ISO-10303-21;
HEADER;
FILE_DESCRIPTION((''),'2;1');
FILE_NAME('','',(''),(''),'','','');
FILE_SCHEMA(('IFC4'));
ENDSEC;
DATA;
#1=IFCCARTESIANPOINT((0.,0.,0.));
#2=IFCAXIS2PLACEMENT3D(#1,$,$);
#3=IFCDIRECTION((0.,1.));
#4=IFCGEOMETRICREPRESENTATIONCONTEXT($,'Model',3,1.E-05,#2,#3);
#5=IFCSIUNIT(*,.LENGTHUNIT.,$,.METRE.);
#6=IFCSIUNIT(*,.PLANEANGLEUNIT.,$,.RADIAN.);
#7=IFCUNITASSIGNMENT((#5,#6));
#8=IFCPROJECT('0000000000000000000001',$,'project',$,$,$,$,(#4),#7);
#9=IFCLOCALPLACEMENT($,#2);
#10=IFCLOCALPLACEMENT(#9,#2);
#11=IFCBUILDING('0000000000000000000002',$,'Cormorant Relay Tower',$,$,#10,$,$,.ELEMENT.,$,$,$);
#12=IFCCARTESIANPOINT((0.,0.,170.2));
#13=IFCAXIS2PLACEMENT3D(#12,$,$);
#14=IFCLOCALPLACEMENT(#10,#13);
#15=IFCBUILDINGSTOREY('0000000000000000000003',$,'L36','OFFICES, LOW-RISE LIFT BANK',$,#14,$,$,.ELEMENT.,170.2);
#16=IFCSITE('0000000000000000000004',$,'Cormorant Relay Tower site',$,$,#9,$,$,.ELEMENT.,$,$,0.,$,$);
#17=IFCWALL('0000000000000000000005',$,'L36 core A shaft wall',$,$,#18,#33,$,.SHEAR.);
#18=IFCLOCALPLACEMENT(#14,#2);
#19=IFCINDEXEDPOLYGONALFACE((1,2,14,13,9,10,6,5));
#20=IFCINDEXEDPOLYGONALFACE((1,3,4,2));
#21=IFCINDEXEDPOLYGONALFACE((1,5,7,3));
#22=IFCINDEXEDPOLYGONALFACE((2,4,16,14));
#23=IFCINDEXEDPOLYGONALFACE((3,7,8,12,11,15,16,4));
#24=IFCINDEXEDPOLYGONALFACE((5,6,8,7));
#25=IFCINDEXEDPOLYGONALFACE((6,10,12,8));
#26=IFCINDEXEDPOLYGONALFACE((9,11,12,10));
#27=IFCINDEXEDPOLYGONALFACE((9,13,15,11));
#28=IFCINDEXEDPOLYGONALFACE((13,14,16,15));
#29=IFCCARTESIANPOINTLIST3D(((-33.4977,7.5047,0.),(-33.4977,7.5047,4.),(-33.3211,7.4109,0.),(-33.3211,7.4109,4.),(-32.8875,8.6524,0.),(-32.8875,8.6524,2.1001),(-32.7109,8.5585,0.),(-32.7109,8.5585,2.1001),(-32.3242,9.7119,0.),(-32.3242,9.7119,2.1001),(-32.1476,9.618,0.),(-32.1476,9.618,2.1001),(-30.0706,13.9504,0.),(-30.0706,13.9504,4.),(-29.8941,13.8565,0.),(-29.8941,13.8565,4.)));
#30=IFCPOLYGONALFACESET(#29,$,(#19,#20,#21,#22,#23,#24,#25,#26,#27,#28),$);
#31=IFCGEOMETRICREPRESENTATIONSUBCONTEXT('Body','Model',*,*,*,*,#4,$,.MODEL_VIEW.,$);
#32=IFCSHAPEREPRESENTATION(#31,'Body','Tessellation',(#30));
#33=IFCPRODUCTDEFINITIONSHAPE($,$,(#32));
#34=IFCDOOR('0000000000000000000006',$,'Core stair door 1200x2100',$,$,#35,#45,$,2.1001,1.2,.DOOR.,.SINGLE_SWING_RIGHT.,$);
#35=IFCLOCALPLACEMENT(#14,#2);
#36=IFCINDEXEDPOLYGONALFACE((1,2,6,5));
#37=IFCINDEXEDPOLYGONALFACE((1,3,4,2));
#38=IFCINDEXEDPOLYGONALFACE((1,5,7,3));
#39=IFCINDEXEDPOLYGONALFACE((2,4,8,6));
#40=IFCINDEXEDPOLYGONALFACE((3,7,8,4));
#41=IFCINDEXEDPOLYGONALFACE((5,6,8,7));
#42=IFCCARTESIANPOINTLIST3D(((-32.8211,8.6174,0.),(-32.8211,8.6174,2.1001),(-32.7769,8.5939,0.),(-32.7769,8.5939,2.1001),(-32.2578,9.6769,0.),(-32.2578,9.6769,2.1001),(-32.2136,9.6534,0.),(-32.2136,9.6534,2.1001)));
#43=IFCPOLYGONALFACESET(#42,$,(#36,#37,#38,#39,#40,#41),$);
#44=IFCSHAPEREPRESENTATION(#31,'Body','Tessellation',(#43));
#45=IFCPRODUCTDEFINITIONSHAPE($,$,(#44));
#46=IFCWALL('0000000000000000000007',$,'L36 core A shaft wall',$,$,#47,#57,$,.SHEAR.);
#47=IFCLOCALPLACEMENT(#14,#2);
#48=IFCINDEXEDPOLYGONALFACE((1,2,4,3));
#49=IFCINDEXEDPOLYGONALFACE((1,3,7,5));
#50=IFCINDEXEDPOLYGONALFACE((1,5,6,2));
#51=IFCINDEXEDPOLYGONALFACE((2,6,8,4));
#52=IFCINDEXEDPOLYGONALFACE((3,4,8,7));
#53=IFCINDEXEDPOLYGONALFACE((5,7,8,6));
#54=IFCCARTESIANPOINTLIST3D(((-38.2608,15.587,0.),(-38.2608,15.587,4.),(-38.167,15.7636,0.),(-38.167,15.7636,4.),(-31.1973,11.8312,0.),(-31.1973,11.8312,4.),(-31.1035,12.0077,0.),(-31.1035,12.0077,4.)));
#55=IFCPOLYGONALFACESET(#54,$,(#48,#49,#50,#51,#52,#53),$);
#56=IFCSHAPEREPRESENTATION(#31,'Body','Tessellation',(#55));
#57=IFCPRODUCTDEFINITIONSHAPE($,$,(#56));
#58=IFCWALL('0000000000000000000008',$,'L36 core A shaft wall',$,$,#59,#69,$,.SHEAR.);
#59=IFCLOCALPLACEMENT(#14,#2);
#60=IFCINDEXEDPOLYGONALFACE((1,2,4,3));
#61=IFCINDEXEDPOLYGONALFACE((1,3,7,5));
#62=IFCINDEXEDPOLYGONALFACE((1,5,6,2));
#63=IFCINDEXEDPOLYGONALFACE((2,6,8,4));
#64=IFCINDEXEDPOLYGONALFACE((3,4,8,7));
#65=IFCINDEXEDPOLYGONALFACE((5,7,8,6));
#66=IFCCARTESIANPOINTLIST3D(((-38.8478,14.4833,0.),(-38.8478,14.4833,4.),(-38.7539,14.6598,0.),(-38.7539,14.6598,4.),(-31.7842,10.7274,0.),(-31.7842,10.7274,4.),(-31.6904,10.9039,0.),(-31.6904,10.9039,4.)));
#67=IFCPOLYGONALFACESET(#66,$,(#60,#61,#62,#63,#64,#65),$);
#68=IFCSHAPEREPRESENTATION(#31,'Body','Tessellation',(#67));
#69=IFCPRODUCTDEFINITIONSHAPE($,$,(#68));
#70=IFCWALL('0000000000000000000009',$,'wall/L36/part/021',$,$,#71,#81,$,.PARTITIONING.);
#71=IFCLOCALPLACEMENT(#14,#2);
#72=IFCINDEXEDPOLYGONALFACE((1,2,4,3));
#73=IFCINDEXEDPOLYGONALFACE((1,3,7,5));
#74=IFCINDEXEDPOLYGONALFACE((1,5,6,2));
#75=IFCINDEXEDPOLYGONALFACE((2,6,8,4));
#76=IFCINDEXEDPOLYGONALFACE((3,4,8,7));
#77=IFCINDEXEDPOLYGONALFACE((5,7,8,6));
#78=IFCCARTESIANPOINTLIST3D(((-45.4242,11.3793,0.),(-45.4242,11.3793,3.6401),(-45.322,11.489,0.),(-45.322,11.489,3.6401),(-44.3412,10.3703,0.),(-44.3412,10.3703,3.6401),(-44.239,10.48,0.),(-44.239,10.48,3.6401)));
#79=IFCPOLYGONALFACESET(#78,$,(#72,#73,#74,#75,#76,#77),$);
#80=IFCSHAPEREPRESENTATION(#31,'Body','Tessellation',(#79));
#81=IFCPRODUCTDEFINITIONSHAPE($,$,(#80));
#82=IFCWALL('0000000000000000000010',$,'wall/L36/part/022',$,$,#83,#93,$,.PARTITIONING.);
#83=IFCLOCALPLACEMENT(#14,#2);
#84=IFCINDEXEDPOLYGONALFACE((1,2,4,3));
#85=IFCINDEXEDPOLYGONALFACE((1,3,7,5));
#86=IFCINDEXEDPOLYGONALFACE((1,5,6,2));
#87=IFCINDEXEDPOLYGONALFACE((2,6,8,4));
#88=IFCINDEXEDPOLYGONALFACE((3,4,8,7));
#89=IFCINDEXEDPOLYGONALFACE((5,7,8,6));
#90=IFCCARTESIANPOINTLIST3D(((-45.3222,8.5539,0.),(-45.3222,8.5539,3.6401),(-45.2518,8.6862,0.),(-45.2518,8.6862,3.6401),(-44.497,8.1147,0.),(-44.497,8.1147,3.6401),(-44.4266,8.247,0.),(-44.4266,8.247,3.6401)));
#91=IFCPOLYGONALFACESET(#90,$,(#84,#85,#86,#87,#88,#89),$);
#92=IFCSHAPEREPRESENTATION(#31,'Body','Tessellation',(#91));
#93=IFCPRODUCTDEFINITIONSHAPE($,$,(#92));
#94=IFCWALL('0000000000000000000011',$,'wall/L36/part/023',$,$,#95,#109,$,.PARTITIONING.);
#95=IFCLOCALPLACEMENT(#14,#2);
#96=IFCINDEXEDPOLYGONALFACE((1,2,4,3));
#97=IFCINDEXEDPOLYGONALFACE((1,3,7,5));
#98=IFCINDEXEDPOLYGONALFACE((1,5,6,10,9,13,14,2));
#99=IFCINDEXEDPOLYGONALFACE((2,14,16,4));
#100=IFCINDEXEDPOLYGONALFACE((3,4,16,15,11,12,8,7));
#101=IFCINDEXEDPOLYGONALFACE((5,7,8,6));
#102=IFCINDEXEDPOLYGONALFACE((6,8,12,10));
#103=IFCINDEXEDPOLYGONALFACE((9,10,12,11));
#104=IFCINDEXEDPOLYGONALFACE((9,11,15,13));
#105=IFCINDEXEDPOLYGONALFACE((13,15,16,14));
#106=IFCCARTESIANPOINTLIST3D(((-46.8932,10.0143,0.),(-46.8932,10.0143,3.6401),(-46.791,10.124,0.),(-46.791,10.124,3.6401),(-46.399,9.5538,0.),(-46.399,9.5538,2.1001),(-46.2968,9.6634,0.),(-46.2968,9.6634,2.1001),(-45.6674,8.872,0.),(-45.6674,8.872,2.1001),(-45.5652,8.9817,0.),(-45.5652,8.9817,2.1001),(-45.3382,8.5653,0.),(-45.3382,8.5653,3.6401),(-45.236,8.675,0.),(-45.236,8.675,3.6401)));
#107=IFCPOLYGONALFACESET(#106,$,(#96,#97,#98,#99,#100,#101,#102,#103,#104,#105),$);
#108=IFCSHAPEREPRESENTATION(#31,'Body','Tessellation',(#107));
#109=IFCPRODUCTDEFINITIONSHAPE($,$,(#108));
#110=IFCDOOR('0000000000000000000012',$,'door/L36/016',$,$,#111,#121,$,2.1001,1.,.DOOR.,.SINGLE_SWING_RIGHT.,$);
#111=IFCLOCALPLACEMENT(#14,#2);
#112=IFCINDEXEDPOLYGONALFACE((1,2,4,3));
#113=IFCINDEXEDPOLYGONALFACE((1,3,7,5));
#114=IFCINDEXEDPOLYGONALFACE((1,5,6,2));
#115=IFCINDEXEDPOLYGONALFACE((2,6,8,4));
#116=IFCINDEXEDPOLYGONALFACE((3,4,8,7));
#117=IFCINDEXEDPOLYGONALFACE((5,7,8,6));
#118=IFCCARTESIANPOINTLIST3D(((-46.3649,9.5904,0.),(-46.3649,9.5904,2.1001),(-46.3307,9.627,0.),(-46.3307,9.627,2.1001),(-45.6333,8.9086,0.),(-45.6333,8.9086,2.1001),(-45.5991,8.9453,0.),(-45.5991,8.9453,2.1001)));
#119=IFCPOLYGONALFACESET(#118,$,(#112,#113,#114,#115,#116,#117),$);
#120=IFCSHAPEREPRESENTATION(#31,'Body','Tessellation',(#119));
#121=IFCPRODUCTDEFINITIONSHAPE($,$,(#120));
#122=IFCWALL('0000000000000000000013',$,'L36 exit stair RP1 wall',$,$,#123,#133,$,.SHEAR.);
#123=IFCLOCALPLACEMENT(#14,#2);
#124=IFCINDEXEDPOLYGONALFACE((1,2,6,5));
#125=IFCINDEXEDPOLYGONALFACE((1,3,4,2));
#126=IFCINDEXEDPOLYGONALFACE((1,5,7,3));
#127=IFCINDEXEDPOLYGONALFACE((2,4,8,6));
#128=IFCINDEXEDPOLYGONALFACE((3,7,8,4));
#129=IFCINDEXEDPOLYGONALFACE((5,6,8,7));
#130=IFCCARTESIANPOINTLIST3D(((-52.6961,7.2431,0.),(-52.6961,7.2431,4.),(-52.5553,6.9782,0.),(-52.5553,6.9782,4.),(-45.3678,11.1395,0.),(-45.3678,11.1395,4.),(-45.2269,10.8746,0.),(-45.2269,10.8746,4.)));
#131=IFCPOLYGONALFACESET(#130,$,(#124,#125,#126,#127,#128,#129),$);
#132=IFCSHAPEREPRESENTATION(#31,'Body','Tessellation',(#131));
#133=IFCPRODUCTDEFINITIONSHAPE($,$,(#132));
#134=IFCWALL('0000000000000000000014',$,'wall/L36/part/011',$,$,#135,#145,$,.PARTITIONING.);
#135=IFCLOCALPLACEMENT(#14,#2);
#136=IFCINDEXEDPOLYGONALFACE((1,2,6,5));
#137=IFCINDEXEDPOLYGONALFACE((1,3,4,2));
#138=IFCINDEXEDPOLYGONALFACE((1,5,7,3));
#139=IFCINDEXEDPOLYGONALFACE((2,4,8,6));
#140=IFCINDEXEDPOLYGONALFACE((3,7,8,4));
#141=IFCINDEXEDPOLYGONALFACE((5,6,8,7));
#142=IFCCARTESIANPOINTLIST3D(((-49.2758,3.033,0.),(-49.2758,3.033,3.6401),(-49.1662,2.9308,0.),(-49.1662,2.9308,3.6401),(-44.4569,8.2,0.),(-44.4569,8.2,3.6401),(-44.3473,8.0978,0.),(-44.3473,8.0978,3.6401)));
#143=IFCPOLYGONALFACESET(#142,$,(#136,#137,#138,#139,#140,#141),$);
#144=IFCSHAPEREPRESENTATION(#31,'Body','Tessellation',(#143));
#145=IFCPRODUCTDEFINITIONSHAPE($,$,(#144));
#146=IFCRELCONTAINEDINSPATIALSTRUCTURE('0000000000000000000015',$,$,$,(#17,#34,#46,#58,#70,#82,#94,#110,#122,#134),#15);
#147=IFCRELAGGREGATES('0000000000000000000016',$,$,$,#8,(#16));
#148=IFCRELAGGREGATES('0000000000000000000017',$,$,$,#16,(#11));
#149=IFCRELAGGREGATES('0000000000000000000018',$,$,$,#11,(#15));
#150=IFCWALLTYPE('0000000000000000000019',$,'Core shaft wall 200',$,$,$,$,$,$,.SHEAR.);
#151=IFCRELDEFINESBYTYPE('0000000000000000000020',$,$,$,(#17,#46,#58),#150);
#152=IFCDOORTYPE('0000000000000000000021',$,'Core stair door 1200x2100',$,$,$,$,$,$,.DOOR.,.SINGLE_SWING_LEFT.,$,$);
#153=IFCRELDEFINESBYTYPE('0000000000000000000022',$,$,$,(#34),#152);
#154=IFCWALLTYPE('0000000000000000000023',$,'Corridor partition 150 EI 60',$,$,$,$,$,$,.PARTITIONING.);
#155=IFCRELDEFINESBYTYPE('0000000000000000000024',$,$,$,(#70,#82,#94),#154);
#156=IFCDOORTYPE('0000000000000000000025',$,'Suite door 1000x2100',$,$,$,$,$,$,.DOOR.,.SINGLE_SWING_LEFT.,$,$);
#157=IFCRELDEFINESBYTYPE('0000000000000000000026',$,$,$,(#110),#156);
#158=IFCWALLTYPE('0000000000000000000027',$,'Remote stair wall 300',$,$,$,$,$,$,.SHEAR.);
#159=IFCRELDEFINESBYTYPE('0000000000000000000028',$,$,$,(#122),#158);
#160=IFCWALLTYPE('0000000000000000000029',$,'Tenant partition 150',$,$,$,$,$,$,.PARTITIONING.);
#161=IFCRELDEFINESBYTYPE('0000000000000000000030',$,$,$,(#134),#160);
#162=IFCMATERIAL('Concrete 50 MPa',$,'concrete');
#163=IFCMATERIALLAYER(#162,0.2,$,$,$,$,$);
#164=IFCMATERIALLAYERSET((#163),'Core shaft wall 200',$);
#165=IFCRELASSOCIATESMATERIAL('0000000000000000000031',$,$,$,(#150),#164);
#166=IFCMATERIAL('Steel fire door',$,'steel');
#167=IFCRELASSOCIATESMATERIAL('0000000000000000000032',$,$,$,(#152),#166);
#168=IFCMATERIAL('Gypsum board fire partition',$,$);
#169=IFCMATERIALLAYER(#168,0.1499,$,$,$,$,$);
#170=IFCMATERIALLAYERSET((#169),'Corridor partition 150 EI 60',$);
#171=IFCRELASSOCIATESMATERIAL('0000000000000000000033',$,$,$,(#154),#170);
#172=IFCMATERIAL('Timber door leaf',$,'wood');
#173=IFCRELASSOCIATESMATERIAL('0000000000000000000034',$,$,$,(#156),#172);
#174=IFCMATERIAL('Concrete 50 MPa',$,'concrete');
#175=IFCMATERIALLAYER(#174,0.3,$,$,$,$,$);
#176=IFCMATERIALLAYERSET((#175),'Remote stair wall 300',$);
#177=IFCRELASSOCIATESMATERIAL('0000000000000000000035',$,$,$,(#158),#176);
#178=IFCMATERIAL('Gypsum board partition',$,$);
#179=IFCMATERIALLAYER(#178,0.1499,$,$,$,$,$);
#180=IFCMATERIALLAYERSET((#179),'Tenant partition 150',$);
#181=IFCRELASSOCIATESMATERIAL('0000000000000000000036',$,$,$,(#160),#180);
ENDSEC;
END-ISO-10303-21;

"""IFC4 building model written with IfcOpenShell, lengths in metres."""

from ifc_helpers import new_model, si_unit, direction, frame, frame_2d, origin, place, context, subcontext, project, spatial, rectangle, extrude, material, layer, layer_set, type_object, element, fill, save


model = new_model("IFC4")

# Units and contexts
model_context = context("Model", 3, precision=1e-05, world=origin(), true_north=direction((0.0, 1.0)))
body_context = subcontext(model_context, "Body", "Model", "MODEL_VIEW")
ifc_project = project(units=[si_unit("LENGTHUNIT", "METRE"), si_unit("PLANEANGLEUNIT", "RADIAN")], contexts=[model_context])

# Site, building, storey
site_placement = place(None, origin())
site = spatial("IfcSite", under=ifc_project, at=site_placement, Name="Cormorant Relay Tower site", CompositionType="ELEMENT", RefElevation=0.0)
building_placement = place(site_placement, origin())
building = spatial("IfcBuilding", under=site, at=building_placement, Name="Cormorant Relay Tower", CompositionType="ELEMENT")
storey_placement = place(building_placement, frame((0.0, 0.0, 170.2)))
storey = spatial("IfcBuildingStorey", under=building, at=storey_placement, Name="L36", Description="OFFICES, LOW-RISE LIFT BANK", CompositionType="ELEMENT", Elevation=170.2)

# Wall, opening, door
ifc_material_1 = material(Name="Concrete 50 MPa", Category="concrete")
ifc_layer_1 = layer(ifc_material_1, 0.2)
ifc_layer_set_1 = layer_set([ifc_layer_1], Name="Core shaft wall 200")
wall_type_1 = type_object("IfcWallType", Name="Core shaft wall 200", PredefinedType="SHEAR", material=ifc_layer_set_1)
wall_1_placement = place(storey_placement, frame((-29.9824, 13.9033, 0.0), z_axis=(0.0, 0.0, 1.0), x_axis=(-0.469454, -0.882957, 0.0)))
wall_1 = element("IfcWall", 1, at=wall_1_placement, inside=storey, type_object=wall_type_1, Name="L36 core A shaft wall", PredefinedType="SHEAR", context=body_context, shape_type="SweptSolid", body=[
    extrude(rectangle(XDim=7.3, YDim=0.2, at=frame_2d((3.6499, 0.0))), origin(), (0.0, 0.0, 1.0), 4.0),
])
opening_1_placement = place(wall_1_placement, frame((4.8, 0.0, 0.0)))
opening_1 = element("IfcOpeningElement", 2, at=opening_1_placement, cuts=wall_1, PredefinedType="OPENING", context=body_context, shape_type="SweptSolid", body=[
    extrude(rectangle(XDim=1.2, YDim=2.1001, at=frame_2d((0.6001, 1.05))), frame((0.0, 0.1099, 0.0), z_axis=(0.0, -1.0, 0.0), x_axis=(1.0, 0.0, 0.0)), (0.0, 0.0, 1.0), 0.22),
])
ifc_material_2 = material(Name="Steel fire door", Category="steel")
door_type_1 = type_object("IfcDoorType", Name="Core stair door 1200x2100", OperationType="SINGLE_SWING_LEFT", PredefinedType="DOOR", material=ifc_material_2)
door_1_placement = place(opening_1_placement, frame((1.2, 0.0, 0.0), z_axis=(0.0, 0.0, 1.0), x_axis=(-1.0, 0.0, 0.0)))
door_1 = element("IfcDoor", 3, at=door_1_placement, inside=storey, type_object=door_type_1, Name="Core stair door 1200x2100", OperationType="SINGLE_SWING_RIGHT", OverallHeight=2.1001, OverallWidth=1.2, PredefinedType="DOOR", context=body_context, shape_type="SweptSolid", body=[
    extrude(rectangle(XDim=1.2, YDim=2.1001, at=frame_2d((0.6001, 1.05))), frame((0.0, 0.0249, 0.0), z_axis=(0.0, -1.0, 0.0), x_axis=(1.0, 0.0, 0.0)), (0.0, 0.0, 1.0), 0.05),
])
fill(opening_1, door_1)

# Walls
for number, where, z_axis, x_axis, name in (
    (4, (-31.1504, 11.9194, 0.0), (0.0, 0.0, 1.0), (-0.88294, 0.469485, 0.0), "L36 core A shaft wall"),
    (5, (-31.7373, 10.8157, 0.0), (0.0, 0.0, 1.0), (-0.88294, 0.469485, 0.0), "L36 core A shaft wall"),
):
    element("IfcWall", number, at=place(storey_placement, frame(where, z_axis=z_axis, x_axis=x_axis)), inside=storey, type_object=wall_type_1, Name=name, PredefinedType="SHEAR", context=body_context, shape_type="SweptSolid", body=[
        extrude(rectangle(XDim=8.0, YDim=0.2, at=frame_2d((4.0, 0.0))), origin(), (0.0, 0.0, 1.0), 4.0),
    ])
ifc_material_3 = material(Name="Gypsum board fire partition")
ifc_layer_2 = layer(ifc_material_3, 0.1499)
ifc_layer_set_2 = layer_set([ifc_layer_2], Name="Corridor partition 150 EI 60")
wall_type_2 = type_object("IfcWallType", Name="Corridor partition 150 EI 60", PredefinedType="PARTITIONING", material=ifc_layer_set_2)
wall_2_placement = place(storey_placement, frame((-44.29, 10.425, 0.0), z_axis=(0.0, 0.0, 1.0), x_axis=(-0.731653, 0.681677, 0.0)))
element("IfcWall", 6, at=wall_2_placement, inside=storey, type_object=wall_type_2, Name="wall/L36/part/021", PredefinedType="PARTITIONING", context=body_context, shape_type="SweptSolid", body=[
    extrude(rectangle(XDim=1.4802, YDim=0.1499, at=frame_2d((0.7402, 0.0))), origin(), (0.0, 0.0, 1.0), 3.6401),
])
wall_3_placement = place(storey_placement, frame((-44.4619, 8.1809, 0.0), z_axis=(0.0, 0.0, 1.0), x_axis=(-0.88275, 0.469843, 0.0)))
element("IfcWall", 7, at=wall_3_placement, inside=storey, type_object=wall_type_2, Name="wall/L36/part/022", PredefinedType="PARTITIONING", context=body_context, shape_type="SweptSolid", body=[
    extrude(rectangle(XDim=0.9348, YDim=0.1499, at=frame_2d((0.4673, 0.0))), origin(), (0.0, 0.0, 1.0), 3.6401),
])

# Wall, opening, door
wall_4_placement = place(storey_placement, frame((-45.2871, 8.6201, 0.0), z_axis=(0.0, 0.0, 1.0), x_axis=(-0.731594, 0.681741, 0.0)))
wall_4 = element("IfcWall", 8, at=wall_4_placement, inside=storey, type_object=wall_type_2, Name="wall/L36/part/023", PredefinedType="PARTITIONING", context=body_context, shape_type="SweptSolid", body=[
    extrude(rectangle(XDim=2.1255, YDim=0.1499, at=frame_2d((1.0627, 0.0))), origin(), (0.0, 0.0, 1.0), 3.6401),
])
opening_2_placement = place(wall_4_placement, frame((0.45, 0.0, 0.0)))
opening_2 = element("IfcOpeningElement", 9, at=opening_2_placement, cuts=wall_4, PredefinedType="OPENING", context=body_context, shape_type="SweptSolid", body=[
    extrude(rectangle(XDim=1.0, YDim=2.1001, at=frame_2d((0.5, 1.05))), frame((0.0, 0.085, 0.0), z_axis=(0.0, -1.0, 0.0), x_axis=(1.0, 0.0, 0.0)), (0.0, 0.0, 1.0), 0.1699),
])
ifc_material_4 = material(Name="Timber door leaf", Category="wood")
door_type_2 = type_object("IfcDoorType", Name="Suite door 1000x2100", OperationType="SINGLE_SWING_LEFT", PredefinedType="DOOR", material=ifc_material_4)
door_2_placement = place(opening_2_placement, origin())
door_2 = element("IfcDoor", 10, at=door_2_placement, inside=storey, type_object=door_type_2, Name="door/L36/016", OperationType="SINGLE_SWING_RIGHT", OverallHeight=2.1001, OverallWidth=1.0, PredefinedType="DOOR", context=body_context, shape_type="SweptSolid", body=[
    extrude(rectangle(XDim=1.0, YDim=2.1001, at=frame_2d((0.5, 1.05))), frame((0.0, 0.0249, 0.0), z_axis=(0.0, -1.0, 0.0), x_axis=(1.0, 0.0, 0.0)), (0.0, 0.0, 1.0), 0.05),
])
fill(opening_2, door_2)

# Walls
ifc_material_5 = material(Name="Concrete 50 MPa", Category="concrete")
ifc_layer_3 = layer(ifc_material_5, 0.3)
ifc_layer_set_3 = layer_set([ifc_layer_3], Name="Remote stair wall 300")
wall_type_3 = type_object("IfcWallType", Name="Remote stair wall 300", PredefinedType="SHEAR", material=ifc_layer_set_3)
wall_5_placement = place(storey_placement, frame((-45.2974, 11.0071, 0.0), z_axis=(0.0, 0.0, 1.0), x_axis=(-0.882952, -0.469464, 0.0)))
element("IfcWall", 11, at=wall_5_placement, inside=storey, type_object=wall_type_3, Name="L36 exit stair RP1 wall", PredefinedType="SHEAR", context=body_context, shape_type="SweptSolid", body=[
    extrude(rectangle(XDim=8.2998, YDim=0.3, at=frame_2d((4.1499, 0.0))), origin(), (0.0, 0.0, 1.0), 4.0),
])
ifc_material_6 = material(Name="Gypsum board partition")
ifc_layer_4 = layer(ifc_material_6, 0.1499)
ifc_layer_set_4 = layer_set([ifc_layer_4], Name="Tenant partition 150")
wall_type_4 = type_object("IfcWallType", Name="Tenant partition 150", PredefinedType="PARTITIONING", material=ifc_layer_set_4)
wall_6_placement = place(storey_placement, frame((-44.4021, 8.1489, 0.0), z_axis=(0.0, 0.0, 1.0), x_axis=(-0.68204, -0.731315, 0.0)))
element("IfcWall", 12, at=wall_6_placement, inside=storey, type_object=wall_type_4, Name="wall/L36/part/011", PredefinedType="PARTITIONING", context=body_context, shape_type="SweptSolid", body=[
    extrude(rectangle(XDim=7.0654, YDim=0.1499, at=frame_2d((3.5327, 0.0))), origin(), (0.0, 0.0, 1.0), 3.6401),
])

save(model, "model.ifc")
